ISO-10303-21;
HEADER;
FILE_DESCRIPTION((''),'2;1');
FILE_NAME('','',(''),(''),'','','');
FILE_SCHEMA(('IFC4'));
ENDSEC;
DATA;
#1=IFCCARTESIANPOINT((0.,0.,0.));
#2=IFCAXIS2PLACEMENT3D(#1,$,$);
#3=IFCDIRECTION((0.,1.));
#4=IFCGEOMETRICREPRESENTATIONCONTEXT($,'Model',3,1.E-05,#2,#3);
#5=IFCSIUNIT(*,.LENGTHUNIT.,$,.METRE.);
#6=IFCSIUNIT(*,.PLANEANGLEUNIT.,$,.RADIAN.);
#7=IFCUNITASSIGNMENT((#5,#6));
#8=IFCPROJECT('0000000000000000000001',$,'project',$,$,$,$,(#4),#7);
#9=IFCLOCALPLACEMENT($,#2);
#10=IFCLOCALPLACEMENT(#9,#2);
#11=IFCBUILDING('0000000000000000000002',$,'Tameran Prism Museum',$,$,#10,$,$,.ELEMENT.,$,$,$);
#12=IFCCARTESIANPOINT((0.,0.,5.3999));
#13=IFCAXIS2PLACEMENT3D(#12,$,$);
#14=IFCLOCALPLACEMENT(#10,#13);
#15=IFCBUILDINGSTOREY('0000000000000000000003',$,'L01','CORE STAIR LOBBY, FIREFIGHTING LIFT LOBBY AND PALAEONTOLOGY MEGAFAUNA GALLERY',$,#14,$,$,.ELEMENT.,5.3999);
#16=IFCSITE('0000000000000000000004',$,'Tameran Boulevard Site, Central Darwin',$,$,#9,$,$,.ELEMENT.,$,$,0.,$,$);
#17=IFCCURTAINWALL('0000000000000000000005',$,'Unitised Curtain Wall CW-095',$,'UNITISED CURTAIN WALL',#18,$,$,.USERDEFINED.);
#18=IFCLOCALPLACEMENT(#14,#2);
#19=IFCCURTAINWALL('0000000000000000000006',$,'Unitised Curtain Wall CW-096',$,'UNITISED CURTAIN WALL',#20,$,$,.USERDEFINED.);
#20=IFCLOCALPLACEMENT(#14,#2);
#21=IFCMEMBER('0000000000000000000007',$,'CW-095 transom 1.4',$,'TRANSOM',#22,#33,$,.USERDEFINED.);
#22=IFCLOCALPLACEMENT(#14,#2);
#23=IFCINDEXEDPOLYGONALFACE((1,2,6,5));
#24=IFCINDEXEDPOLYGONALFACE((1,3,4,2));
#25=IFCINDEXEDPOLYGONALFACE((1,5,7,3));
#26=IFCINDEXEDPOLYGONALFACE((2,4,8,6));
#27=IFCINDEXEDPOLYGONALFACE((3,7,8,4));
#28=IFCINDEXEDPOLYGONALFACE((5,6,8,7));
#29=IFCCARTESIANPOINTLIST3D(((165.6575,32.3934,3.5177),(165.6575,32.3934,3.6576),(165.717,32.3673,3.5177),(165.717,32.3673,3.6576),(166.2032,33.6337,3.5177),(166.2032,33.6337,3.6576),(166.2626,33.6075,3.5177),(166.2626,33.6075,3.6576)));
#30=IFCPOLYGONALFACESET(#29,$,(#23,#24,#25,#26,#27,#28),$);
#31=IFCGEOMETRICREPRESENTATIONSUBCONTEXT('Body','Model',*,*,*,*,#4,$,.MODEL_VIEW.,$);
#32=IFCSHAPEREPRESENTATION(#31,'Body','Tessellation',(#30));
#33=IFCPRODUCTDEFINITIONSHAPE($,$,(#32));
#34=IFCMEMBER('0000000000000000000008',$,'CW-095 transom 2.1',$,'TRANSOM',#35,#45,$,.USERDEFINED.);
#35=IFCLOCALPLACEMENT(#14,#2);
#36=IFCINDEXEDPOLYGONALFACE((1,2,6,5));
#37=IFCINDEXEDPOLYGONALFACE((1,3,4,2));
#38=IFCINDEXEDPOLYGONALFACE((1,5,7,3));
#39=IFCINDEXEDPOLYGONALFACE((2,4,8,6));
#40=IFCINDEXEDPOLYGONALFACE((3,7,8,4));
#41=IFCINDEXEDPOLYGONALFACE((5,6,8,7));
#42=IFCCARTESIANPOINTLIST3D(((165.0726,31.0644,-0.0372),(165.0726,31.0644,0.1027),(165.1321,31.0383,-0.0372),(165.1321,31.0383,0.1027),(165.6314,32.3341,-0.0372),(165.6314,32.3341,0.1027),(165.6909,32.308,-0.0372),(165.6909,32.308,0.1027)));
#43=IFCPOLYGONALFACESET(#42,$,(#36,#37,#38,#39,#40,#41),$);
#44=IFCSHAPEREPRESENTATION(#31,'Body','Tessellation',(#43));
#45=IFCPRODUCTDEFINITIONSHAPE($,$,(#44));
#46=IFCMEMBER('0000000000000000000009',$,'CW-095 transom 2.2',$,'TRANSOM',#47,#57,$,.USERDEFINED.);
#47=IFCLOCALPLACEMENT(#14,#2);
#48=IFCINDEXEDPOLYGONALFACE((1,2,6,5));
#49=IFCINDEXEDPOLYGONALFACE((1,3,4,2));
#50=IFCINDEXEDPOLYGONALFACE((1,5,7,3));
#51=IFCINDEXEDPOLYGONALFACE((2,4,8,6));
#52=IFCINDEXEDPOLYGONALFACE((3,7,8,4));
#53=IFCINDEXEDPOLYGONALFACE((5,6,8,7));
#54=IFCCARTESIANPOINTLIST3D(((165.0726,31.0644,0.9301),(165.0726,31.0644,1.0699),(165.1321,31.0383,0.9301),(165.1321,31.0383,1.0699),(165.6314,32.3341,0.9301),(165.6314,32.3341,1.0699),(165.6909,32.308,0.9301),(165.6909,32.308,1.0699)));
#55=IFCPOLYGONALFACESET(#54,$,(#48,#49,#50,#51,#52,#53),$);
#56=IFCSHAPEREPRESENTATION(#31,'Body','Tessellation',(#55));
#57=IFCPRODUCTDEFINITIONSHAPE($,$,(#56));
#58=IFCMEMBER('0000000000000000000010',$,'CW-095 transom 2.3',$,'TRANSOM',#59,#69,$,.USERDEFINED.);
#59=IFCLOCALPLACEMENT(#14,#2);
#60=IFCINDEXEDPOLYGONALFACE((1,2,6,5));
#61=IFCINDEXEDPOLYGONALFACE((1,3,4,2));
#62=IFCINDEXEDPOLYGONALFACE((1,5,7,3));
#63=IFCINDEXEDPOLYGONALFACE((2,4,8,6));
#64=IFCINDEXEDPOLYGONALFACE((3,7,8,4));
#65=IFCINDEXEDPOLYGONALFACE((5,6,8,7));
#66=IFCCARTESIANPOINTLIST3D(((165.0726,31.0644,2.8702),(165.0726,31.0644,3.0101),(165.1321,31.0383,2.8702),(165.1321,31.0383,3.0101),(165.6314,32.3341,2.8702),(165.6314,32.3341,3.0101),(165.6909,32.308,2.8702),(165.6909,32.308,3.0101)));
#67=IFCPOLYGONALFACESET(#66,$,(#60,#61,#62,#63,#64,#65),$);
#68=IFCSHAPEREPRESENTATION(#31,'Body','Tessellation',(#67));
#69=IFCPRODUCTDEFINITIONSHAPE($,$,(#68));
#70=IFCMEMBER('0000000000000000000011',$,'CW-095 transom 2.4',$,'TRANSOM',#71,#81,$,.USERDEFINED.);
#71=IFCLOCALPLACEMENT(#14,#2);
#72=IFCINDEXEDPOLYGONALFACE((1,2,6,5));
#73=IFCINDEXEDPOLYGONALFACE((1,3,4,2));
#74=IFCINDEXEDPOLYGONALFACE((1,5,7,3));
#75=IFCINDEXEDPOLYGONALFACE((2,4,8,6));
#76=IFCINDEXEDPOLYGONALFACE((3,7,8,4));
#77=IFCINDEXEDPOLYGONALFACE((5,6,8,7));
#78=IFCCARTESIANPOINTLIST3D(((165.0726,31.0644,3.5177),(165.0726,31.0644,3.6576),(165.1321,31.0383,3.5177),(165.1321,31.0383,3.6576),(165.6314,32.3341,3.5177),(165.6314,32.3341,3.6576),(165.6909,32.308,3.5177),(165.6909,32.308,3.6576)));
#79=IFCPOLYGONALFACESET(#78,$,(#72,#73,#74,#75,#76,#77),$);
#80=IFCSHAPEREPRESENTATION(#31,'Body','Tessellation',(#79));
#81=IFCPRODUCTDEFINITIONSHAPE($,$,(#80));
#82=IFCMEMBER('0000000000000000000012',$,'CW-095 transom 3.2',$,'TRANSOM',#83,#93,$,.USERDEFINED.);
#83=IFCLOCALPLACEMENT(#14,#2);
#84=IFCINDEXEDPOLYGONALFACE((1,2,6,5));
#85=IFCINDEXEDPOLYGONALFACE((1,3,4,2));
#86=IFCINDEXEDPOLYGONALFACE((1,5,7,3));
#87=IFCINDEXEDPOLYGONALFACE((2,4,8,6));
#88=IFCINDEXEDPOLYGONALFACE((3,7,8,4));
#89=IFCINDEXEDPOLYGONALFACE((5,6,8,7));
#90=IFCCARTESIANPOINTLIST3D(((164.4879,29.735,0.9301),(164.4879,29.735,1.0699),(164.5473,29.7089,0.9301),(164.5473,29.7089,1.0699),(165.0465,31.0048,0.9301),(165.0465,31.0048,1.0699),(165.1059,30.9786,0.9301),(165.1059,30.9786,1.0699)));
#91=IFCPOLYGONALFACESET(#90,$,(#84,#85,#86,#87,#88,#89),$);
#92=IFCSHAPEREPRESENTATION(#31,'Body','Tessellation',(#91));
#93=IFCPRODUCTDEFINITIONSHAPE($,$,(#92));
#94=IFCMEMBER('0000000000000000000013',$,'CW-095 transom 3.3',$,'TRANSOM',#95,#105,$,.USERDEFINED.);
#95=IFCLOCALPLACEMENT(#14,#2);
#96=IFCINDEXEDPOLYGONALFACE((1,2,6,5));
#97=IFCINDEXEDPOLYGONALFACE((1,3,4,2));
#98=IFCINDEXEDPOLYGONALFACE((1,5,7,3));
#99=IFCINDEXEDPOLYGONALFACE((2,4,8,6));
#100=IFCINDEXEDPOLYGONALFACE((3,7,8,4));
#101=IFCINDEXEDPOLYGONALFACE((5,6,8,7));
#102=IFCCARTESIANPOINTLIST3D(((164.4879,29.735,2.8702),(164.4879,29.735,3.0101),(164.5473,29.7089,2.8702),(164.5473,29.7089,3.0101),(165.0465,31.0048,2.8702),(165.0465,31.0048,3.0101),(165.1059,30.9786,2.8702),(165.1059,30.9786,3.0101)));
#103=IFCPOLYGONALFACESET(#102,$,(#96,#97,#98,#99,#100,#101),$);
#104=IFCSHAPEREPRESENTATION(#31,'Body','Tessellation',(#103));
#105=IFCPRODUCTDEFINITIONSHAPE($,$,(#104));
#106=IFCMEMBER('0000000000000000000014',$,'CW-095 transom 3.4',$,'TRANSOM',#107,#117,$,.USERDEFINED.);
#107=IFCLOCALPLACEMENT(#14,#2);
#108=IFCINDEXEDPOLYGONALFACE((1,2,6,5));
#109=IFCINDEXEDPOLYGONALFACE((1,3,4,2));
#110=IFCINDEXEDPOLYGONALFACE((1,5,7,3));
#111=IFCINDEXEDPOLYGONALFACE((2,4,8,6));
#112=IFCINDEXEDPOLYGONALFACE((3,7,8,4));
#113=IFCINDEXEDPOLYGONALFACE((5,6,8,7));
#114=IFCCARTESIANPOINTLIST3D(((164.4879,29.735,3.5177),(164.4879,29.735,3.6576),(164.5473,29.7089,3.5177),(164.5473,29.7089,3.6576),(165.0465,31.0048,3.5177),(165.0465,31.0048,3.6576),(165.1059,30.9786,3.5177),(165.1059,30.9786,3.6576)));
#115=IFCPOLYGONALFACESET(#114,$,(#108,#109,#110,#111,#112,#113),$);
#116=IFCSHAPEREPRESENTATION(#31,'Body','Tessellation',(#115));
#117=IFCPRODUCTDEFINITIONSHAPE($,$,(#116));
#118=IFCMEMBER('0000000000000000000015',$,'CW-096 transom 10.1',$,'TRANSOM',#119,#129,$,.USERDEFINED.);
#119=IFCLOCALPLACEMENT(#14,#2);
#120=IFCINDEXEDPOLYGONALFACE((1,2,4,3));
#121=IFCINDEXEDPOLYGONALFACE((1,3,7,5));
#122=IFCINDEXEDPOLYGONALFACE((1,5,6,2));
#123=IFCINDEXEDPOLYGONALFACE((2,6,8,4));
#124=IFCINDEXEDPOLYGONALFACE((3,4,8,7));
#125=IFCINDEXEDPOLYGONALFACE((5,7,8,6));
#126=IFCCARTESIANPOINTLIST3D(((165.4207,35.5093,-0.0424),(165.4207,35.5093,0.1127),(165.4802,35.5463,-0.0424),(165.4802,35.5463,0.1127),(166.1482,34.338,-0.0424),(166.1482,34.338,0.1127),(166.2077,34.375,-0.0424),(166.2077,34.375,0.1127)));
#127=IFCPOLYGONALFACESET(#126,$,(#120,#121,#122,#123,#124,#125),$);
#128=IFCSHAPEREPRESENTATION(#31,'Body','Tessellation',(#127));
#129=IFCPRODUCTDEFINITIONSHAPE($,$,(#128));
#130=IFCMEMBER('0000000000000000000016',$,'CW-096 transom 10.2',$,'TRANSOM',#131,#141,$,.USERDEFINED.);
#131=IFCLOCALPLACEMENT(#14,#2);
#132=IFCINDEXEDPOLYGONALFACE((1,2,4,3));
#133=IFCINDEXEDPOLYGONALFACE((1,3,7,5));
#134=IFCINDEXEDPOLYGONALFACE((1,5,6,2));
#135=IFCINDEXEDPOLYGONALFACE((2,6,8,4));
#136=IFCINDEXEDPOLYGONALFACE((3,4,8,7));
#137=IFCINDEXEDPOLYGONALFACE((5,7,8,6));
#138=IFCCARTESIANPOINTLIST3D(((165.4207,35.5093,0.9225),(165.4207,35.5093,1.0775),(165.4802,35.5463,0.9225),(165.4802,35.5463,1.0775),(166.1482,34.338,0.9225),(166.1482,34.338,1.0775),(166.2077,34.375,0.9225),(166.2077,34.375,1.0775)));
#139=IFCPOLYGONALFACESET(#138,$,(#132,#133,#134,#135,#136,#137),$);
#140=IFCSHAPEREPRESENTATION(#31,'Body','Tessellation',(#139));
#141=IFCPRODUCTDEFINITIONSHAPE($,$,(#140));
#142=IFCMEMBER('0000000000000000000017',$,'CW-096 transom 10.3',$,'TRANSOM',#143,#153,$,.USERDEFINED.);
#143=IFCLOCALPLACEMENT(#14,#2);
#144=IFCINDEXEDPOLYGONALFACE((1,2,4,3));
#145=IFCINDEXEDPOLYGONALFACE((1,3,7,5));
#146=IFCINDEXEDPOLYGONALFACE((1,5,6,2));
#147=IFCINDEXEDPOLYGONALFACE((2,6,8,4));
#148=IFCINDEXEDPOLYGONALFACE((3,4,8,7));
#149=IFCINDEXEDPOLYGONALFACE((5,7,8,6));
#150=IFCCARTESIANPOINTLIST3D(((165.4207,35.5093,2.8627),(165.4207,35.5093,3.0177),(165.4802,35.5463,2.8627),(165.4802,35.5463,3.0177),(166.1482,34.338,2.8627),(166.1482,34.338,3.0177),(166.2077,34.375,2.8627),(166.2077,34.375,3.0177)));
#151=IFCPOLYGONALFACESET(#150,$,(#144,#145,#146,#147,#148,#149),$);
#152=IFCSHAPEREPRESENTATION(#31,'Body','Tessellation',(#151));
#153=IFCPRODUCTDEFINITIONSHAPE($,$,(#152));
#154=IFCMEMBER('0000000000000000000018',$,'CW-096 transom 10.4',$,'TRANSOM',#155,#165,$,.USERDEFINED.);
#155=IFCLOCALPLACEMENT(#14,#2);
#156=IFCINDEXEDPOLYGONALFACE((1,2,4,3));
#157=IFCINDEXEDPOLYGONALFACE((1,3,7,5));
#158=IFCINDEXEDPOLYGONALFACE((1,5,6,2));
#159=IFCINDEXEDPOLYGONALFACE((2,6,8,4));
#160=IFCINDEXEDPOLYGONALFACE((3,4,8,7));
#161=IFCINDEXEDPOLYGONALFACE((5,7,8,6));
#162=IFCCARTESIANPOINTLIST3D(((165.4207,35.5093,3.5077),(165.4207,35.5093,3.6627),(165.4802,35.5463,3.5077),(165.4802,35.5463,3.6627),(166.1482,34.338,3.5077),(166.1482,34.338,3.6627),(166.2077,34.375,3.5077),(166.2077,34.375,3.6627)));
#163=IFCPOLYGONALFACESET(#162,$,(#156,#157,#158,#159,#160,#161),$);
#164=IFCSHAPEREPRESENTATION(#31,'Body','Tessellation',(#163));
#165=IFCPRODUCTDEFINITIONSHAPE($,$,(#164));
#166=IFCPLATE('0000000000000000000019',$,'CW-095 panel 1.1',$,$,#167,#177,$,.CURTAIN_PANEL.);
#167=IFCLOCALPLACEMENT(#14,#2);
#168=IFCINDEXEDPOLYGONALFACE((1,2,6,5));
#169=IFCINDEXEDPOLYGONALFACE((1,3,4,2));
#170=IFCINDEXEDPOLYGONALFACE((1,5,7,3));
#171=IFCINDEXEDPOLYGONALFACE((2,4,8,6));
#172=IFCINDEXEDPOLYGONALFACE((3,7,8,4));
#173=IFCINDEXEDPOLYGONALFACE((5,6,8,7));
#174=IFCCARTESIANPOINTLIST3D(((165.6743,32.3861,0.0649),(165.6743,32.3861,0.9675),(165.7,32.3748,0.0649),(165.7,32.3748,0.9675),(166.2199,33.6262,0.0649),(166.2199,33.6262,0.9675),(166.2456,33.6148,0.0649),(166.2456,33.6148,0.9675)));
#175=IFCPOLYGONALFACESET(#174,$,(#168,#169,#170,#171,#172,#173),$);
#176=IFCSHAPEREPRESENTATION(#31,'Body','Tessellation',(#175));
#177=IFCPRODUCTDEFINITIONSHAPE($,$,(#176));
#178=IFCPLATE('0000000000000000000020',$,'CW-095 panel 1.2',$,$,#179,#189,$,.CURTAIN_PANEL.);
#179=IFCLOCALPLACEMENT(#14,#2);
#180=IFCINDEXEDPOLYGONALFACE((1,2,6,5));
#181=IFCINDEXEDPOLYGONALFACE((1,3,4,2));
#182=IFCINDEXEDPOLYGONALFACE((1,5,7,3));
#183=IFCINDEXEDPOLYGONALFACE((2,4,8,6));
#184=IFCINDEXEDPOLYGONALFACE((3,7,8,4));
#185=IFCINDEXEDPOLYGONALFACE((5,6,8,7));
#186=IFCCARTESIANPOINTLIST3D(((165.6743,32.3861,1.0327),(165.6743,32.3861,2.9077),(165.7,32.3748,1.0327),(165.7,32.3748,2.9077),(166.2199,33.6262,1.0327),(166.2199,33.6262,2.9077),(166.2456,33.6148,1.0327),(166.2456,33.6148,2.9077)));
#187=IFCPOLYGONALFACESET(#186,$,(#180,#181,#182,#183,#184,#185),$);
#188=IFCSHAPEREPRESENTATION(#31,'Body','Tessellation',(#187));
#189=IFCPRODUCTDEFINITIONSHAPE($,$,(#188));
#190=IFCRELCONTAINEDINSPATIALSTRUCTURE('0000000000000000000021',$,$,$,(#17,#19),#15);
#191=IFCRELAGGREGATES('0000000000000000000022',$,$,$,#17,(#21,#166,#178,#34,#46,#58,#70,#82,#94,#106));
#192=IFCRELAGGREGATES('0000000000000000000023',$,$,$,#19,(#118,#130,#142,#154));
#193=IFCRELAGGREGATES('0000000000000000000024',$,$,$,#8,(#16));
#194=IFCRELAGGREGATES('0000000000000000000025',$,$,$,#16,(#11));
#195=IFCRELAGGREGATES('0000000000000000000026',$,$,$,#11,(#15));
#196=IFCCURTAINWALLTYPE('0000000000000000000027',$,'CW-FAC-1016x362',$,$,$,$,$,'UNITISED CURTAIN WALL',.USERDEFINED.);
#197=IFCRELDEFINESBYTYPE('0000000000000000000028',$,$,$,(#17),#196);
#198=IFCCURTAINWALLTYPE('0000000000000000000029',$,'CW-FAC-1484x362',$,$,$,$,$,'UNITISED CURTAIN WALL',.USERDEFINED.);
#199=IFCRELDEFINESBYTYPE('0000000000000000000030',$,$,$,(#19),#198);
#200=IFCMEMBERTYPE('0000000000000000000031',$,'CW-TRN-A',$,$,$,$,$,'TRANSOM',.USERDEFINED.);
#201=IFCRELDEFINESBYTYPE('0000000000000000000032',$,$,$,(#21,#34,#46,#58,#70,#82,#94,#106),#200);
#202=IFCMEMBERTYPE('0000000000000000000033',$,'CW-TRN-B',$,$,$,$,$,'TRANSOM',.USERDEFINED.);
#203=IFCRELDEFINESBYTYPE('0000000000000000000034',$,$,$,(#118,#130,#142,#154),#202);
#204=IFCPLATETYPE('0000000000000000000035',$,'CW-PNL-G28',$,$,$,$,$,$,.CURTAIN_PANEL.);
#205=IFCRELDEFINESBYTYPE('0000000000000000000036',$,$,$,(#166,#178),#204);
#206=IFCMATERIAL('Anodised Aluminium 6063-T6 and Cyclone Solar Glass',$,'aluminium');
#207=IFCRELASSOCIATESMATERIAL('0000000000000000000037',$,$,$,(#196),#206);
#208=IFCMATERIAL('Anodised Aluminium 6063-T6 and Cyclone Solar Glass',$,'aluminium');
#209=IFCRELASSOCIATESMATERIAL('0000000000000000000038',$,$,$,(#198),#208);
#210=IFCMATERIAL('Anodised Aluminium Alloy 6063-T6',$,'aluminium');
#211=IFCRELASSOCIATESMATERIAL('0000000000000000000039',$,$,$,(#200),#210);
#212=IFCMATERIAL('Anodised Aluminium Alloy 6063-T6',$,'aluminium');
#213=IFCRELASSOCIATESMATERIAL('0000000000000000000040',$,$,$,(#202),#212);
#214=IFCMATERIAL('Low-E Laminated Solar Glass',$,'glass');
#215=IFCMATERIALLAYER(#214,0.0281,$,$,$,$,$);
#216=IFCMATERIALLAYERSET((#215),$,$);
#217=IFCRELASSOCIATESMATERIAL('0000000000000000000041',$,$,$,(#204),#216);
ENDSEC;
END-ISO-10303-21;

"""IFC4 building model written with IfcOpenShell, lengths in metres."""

from ifc_helpers import new_model, si_unit, direction, frame, origin, origin_2d, place, context, subcontext, project, spatial, rectangle, extrude, material, layer, layer_set, material_profile, profile_set, type_object, element, aggregate, save


model = new_model("IFC4")

# Units and contexts
model_context = context("Model", 3, precision=1e-05, world=origin(), true_north=direction((0.0, 1.0)))
body_context = subcontext(model_context, "Body", "Model", "MODEL_VIEW")
ifc_project = project(units=[si_unit("LENGTHUNIT", "METRE"), si_unit("PLANEANGLEUNIT", "RADIAN")], contexts=[model_context])

# Site, building, storey
site_placement = place(None, origin())
site = spatial("IfcSite", under=ifc_project, at=site_placement, Name="Tameran Boulevard Site, Central Darwin", CompositionType="ELEMENT", RefElevation=0.0)
building_placement = place(site_placement, origin())
building = spatial("IfcBuilding", under=site, at=building_placement, Name="Tameran Prism Museum", CompositionType="ELEMENT")
storey_placement = place(building_placement, frame((0.0, 0.0, 5.3999)))
storey = spatial("IfcBuildingStorey", under=building, at=storey_placement, Name="L01", Description="CORE STAIR LOBBY, FIREFIGHTING LIFT LOBBY AND PALAEONTOLOGY MEGAFAUNA GALLERY", CompositionType="ELEMENT", Elevation=5.3999)

# Curtain walls
ifc_material_1 = material(Name="Anodised Aluminium 6063-T6 and Cyclone Solar Glass", Category="aluminium")
curtain_wall_type_1 = type_object("IfcCurtainWallType", Name="CW-FAC-1016x362", ElementType="UNITISED CURTAIN WALL", PredefinedType="USERDEFINED", material=ifc_material_1)
curtain_wall_1_placement = place(storey_placement, origin())
curtain_wall_1 = element("IfcCurtainWall", 1, at=curtain_wall_1_placement, inside=storey, type_object=curtain_wall_type_1, Name="Unitised Curtain Wall CW-095", ObjectType="UNITISED CURTAIN WALL", PredefinedType="USERDEFINED")
ifc_material_2 = material(Name="Anodised Aluminium 6063-T6 and Cyclone Solar Glass", Category="aluminium")
curtain_wall_type_2 = type_object("IfcCurtainWallType", Name="CW-FAC-1484x362", ElementType="UNITISED CURTAIN WALL", PredefinedType="USERDEFINED", material=ifc_material_2)
curtain_wall_2_placement = place(storey_placement, origin())
curtain_wall_2 = element("IfcCurtainWall", 2, at=curtain_wall_2_placement, inside=storey, type_object=curtain_wall_type_2, Name="Unitised Curtain Wall CW-096", ObjectType="UNITISED CURTAIN WALL", PredefinedType="USERDEFINED")

# Members
ifc_material_3 = material(Name="Anodised Aluminium Alloy 6063-T6", Category="aluminium")
ifc_material_profile_1 = material_profile(ifc_material_3, rectangle(XDim=0.0649, YDim=0.1399, at=origin_2d()))
ifc_profile_set_1 = profile_set([ifc_material_profile_1])
member_type_1 = type_object("IfcMemberType", Name="CW-TRN-A", ElementType="TRANSOM", PredefinedType="USERDEFINED", material=ifc_profile_set_1)
member_1_placement = place(storey_placement, frame((166.2329, 33.6206, 3.5876), z_axis=(-0.402708, -0.915328, 0.0), x_axis=(0.915328, -0.402708, 0.0)))
member_1 = element("IfcMember", 3, at=member_1_placement, type_object=member_type_1, Name="CW-095 transom 1.4", ObjectType="TRANSOM", PredefinedType="USERDEFINED", context=body_context, shape_type="SweptSolid", body=[
    extrude(rectangle(XDim=0.0649, YDim=0.1399, at=origin_2d()), origin(), (0.0, 0.0, 1.0), 1.355),
])
member_2_placement = place(storey_placement, frame((165.6611, 32.321, 0.0327), z_axis=(-0.402821, -0.915279, 0.0), x_axis=(0.915279, -0.402821, 0.0)))
member_2 = element("IfcMember", 4, at=member_2_placement, type_object=member_type_1, Name="CW-095 transom 2.1", ObjectType="TRANSOM", PredefinedType="USERDEFINED", context=body_context, shape_type="SweptSolid", body=[
    extrude(rectangle(XDim=0.0649, YDim=0.1399, at=origin_2d()), origin(), (0.0, 0.0, 1.0), 1.3872),
])
member_3_placement = place(storey_placement, frame((165.6611, 32.321, 1.0), z_axis=(-0.402821, -0.915279, 0.0), x_axis=(0.915279, -0.402821, 0.0)))
member_3 = element("IfcMember", 5, at=member_3_placement, type_object=member_type_1, Name="CW-095 transom 2.2", ObjectType="TRANSOM", PredefinedType="USERDEFINED", context=body_context, shape_type="SweptSolid", body=[
    extrude(rectangle(XDim=0.0649, YDim=0.1399, at=origin_2d()), origin(), (0.0, 0.0, 1.0), 1.3872),
])
member_4_placement = place(storey_placement, frame((165.6611, 32.321, 2.9402), z_axis=(-0.402821, -0.915279, 0.0), x_axis=(0.915279, -0.402821, 0.0)))
member_4 = element("IfcMember", 6, at=member_4_placement, type_object=member_type_1, Name="CW-095 transom 2.3", ObjectType="TRANSOM", PredefinedType="USERDEFINED", context=body_context, shape_type="SweptSolid", body=[
    extrude(rectangle(XDim=0.0649, YDim=0.1399, at=origin_2d()), origin(), (0.0, 0.0, 1.0), 1.3872),
])
member_5_placement = place(storey_placement, frame((165.6611, 32.321, 3.5876), z_axis=(-0.402821, -0.915279, 0.0), x_axis=(0.915279, -0.402821, 0.0)))
member_5 = element("IfcMember", 7, at=member_5_placement, type_object=member_type_1, Name="CW-095 transom 2.4", ObjectType="TRANSOM", PredefinedType="USERDEFINED", context=body_context, shape_type="SweptSolid", body=[
    extrude(rectangle(XDim=0.0649, YDim=0.1399, at=origin_2d()), origin(), (0.0, 0.0, 1.0), 1.3872),
])
member_6_placement = place(storey_placement, frame((165.0762, 30.9917, 1.0), z_axis=(-0.402674, -0.915344, 0.0), x_axis=(0.915344, -0.402674, 0.0)))
member_6 = element("IfcMember", 8, at=member_6_placement, type_object=member_type_1, Name="CW-095 transom 3.2", ObjectType="TRANSOM", PredefinedType="USERDEFINED", context=body_context, shape_type="SweptSolid", body=[
    extrude(rectangle(XDim=0.0649, YDim=0.1399, at=origin_2d()), origin(), (0.0, 0.0, 1.0), 1.3872),
])
member_7_placement = place(storey_placement, frame((165.0762, 30.9917, 2.9402), z_axis=(-0.402674, -0.915344, 0.0), x_axis=(0.915344, -0.402674, 0.0)))
member_7 = element("IfcMember", 9, at=member_7_placement, type_object=member_type_1, Name="CW-095 transom 3.3", ObjectType="TRANSOM", PredefinedType="USERDEFINED", context=body_context, shape_type="SweptSolid", body=[
    extrude(rectangle(XDim=0.0649, YDim=0.1399, at=origin_2d()), origin(), (0.0, 0.0, 1.0), 1.3872),
])
member_8_placement = place(storey_placement, frame((165.0762, 30.9917, 3.5876), z_axis=(-0.402674, -0.915344, 0.0), x_axis=(0.915344, -0.402674, 0.0)))
member_8 = element("IfcMember", 10, at=member_8_placement, type_object=member_type_1, Name="CW-095 transom 3.4", ObjectType="TRANSOM", PredefinedType="USERDEFINED", context=body_context, shape_type="SweptSolid", body=[
    extrude(rectangle(XDim=0.0649, YDim=0.1399, at=origin_2d()), origin(), (0.0, 0.0, 1.0), 1.3872),
])
ifc_material_4 = material(Name="Anodised Aluminium Alloy 6063-T6", Category="aluminium")
ifc_material_profile_2 = material_profile(ifc_material_4, rectangle(XDim=0.0701, YDim=0.155, at=origin_2d()))
ifc_profile_set_2 = profile_set([ifc_material_profile_2])
member_type_2 = type_object("IfcMemberType", Name="CW-TRN-B", ElementType="TRANSOM", PredefinedType="USERDEFINED", material=ifc_profile_set_2)
member_9_placement = place(storey_placement, frame((165.4504, 35.5278, 0.0352), z_axis=(0.52761, -0.849487, 0.0), x_axis=(0.849487, 0.52761, 0.0)))
member_9 = element("IfcMember", 11, at=member_9_placement, type_object=member_type_2, Name="CW-096 transom 10.1", ObjectType="TRANSOM", PredefinedType="USERDEFINED", context=body_context, shape_type="SweptSolid", body=[
    extrude(rectangle(XDim=0.0701, YDim=0.155, at=origin_2d()), origin(), (0.0, 0.0, 1.0), 1.3789),
])
member_10_placement = place(storey_placement, frame((165.4504, 35.5278, 1.0), z_axis=(0.52761, -0.849487, 0.0), x_axis=(0.849487, 0.52761, 0.0)))
member_10 = element("IfcMember", 12, at=member_10_placement, type_object=member_type_2, Name="CW-096 transom 10.2", ObjectType="TRANSOM", PredefinedType="USERDEFINED", context=body_context, shape_type="SweptSolid", body=[
    extrude(rectangle(XDim=0.0701, YDim=0.155, at=origin_2d()), origin(), (0.0, 0.0, 1.0), 1.3789),
])
member_11_placement = place(storey_placement, frame((165.4504, 35.5278, 2.9402), z_axis=(0.52761, -0.849487, 0.0), x_axis=(0.849487, 0.52761, 0.0)))
member_11 = element("IfcMember", 13, at=member_11_placement, type_object=member_type_2, Name="CW-096 transom 10.3", ObjectType="TRANSOM", PredefinedType="USERDEFINED", context=body_context, shape_type="SweptSolid", body=[
    extrude(rectangle(XDim=0.0701, YDim=0.155, at=origin_2d()), origin(), (0.0, 0.0, 1.0), 1.3789),
])
member_12_placement = place(storey_placement, frame((165.4504, 35.5278, 3.5852), z_axis=(0.52761, -0.849487, 0.0), x_axis=(0.849487, 0.52761, 0.0)))
member_12 = element("IfcMember", 14, at=member_12_placement, type_object=member_type_2, Name="CW-096 transom 10.4", ObjectType="TRANSOM", PredefinedType="USERDEFINED", context=body_context, shape_type="SweptSolid", body=[
    extrude(rectangle(XDim=0.0701, YDim=0.155, at=origin_2d()), origin(), (0.0, 0.0, 1.0), 1.3789),
])

# Plates
ifc_material_5 = material(Name="Low-E Laminated Solar Glass", Category="glass")
ifc_layer_1 = layer(ifc_material_5, 0.0281)
ifc_layer_set_1 = layer_set([ifc_layer_1])
plate_type_1 = type_object("IfcPlateType", Name="CW-PNL-G28", PredefinedType="CURTAIN_PANEL", material=ifc_layer_set_1)
plate_1_placement = place(storey_placement, frame((165.96, 33.0005, 0.0649), z_axis=(0.0, 0.0, 1.0), x_axis=(-0.402722, -0.915322, 0.0)))
plate_1 = element("IfcPlate", 15, at=plate_1_placement, type_object=plate_type_1, Name="CW-095 panel 1.1", PredefinedType="CURTAIN_PANEL", context=body_context, shape_type="SweptSolid", body=[
    extrude(rectangle(XDim=1.3547, YDim=0.0281, at=origin_2d()), origin(), (0.0, 0.0, 1.0), 0.9026),
])
plate_2_placement = place(storey_placement, frame((165.96, 33.0005, 1.0327), z_axis=(0.0, 0.0, 1.0), x_axis=(-0.402722, -0.915322, 0.0)))
plate_2 = element("IfcPlate", 16, at=plate_2_placement, type_object=plate_type_1, Name="CW-095 panel 1.2", PredefinedType="CURTAIN_PANEL", context=body_context, shape_type="SweptSolid", body=[
    extrude(rectangle(XDim=1.3547, YDim=0.0281, at=origin_2d()), origin(), (0.0, 0.0, 1.0), 1.875),
])
aggregate(curtain_wall_1, [member_1, plate_1, plate_2, member_2, member_3, member_4, member_5, member_6, member_7, member_8])
aggregate(curtain_wall_2, [member_9, member_10, member_11, member_12])

save(model, "model.ifc")
